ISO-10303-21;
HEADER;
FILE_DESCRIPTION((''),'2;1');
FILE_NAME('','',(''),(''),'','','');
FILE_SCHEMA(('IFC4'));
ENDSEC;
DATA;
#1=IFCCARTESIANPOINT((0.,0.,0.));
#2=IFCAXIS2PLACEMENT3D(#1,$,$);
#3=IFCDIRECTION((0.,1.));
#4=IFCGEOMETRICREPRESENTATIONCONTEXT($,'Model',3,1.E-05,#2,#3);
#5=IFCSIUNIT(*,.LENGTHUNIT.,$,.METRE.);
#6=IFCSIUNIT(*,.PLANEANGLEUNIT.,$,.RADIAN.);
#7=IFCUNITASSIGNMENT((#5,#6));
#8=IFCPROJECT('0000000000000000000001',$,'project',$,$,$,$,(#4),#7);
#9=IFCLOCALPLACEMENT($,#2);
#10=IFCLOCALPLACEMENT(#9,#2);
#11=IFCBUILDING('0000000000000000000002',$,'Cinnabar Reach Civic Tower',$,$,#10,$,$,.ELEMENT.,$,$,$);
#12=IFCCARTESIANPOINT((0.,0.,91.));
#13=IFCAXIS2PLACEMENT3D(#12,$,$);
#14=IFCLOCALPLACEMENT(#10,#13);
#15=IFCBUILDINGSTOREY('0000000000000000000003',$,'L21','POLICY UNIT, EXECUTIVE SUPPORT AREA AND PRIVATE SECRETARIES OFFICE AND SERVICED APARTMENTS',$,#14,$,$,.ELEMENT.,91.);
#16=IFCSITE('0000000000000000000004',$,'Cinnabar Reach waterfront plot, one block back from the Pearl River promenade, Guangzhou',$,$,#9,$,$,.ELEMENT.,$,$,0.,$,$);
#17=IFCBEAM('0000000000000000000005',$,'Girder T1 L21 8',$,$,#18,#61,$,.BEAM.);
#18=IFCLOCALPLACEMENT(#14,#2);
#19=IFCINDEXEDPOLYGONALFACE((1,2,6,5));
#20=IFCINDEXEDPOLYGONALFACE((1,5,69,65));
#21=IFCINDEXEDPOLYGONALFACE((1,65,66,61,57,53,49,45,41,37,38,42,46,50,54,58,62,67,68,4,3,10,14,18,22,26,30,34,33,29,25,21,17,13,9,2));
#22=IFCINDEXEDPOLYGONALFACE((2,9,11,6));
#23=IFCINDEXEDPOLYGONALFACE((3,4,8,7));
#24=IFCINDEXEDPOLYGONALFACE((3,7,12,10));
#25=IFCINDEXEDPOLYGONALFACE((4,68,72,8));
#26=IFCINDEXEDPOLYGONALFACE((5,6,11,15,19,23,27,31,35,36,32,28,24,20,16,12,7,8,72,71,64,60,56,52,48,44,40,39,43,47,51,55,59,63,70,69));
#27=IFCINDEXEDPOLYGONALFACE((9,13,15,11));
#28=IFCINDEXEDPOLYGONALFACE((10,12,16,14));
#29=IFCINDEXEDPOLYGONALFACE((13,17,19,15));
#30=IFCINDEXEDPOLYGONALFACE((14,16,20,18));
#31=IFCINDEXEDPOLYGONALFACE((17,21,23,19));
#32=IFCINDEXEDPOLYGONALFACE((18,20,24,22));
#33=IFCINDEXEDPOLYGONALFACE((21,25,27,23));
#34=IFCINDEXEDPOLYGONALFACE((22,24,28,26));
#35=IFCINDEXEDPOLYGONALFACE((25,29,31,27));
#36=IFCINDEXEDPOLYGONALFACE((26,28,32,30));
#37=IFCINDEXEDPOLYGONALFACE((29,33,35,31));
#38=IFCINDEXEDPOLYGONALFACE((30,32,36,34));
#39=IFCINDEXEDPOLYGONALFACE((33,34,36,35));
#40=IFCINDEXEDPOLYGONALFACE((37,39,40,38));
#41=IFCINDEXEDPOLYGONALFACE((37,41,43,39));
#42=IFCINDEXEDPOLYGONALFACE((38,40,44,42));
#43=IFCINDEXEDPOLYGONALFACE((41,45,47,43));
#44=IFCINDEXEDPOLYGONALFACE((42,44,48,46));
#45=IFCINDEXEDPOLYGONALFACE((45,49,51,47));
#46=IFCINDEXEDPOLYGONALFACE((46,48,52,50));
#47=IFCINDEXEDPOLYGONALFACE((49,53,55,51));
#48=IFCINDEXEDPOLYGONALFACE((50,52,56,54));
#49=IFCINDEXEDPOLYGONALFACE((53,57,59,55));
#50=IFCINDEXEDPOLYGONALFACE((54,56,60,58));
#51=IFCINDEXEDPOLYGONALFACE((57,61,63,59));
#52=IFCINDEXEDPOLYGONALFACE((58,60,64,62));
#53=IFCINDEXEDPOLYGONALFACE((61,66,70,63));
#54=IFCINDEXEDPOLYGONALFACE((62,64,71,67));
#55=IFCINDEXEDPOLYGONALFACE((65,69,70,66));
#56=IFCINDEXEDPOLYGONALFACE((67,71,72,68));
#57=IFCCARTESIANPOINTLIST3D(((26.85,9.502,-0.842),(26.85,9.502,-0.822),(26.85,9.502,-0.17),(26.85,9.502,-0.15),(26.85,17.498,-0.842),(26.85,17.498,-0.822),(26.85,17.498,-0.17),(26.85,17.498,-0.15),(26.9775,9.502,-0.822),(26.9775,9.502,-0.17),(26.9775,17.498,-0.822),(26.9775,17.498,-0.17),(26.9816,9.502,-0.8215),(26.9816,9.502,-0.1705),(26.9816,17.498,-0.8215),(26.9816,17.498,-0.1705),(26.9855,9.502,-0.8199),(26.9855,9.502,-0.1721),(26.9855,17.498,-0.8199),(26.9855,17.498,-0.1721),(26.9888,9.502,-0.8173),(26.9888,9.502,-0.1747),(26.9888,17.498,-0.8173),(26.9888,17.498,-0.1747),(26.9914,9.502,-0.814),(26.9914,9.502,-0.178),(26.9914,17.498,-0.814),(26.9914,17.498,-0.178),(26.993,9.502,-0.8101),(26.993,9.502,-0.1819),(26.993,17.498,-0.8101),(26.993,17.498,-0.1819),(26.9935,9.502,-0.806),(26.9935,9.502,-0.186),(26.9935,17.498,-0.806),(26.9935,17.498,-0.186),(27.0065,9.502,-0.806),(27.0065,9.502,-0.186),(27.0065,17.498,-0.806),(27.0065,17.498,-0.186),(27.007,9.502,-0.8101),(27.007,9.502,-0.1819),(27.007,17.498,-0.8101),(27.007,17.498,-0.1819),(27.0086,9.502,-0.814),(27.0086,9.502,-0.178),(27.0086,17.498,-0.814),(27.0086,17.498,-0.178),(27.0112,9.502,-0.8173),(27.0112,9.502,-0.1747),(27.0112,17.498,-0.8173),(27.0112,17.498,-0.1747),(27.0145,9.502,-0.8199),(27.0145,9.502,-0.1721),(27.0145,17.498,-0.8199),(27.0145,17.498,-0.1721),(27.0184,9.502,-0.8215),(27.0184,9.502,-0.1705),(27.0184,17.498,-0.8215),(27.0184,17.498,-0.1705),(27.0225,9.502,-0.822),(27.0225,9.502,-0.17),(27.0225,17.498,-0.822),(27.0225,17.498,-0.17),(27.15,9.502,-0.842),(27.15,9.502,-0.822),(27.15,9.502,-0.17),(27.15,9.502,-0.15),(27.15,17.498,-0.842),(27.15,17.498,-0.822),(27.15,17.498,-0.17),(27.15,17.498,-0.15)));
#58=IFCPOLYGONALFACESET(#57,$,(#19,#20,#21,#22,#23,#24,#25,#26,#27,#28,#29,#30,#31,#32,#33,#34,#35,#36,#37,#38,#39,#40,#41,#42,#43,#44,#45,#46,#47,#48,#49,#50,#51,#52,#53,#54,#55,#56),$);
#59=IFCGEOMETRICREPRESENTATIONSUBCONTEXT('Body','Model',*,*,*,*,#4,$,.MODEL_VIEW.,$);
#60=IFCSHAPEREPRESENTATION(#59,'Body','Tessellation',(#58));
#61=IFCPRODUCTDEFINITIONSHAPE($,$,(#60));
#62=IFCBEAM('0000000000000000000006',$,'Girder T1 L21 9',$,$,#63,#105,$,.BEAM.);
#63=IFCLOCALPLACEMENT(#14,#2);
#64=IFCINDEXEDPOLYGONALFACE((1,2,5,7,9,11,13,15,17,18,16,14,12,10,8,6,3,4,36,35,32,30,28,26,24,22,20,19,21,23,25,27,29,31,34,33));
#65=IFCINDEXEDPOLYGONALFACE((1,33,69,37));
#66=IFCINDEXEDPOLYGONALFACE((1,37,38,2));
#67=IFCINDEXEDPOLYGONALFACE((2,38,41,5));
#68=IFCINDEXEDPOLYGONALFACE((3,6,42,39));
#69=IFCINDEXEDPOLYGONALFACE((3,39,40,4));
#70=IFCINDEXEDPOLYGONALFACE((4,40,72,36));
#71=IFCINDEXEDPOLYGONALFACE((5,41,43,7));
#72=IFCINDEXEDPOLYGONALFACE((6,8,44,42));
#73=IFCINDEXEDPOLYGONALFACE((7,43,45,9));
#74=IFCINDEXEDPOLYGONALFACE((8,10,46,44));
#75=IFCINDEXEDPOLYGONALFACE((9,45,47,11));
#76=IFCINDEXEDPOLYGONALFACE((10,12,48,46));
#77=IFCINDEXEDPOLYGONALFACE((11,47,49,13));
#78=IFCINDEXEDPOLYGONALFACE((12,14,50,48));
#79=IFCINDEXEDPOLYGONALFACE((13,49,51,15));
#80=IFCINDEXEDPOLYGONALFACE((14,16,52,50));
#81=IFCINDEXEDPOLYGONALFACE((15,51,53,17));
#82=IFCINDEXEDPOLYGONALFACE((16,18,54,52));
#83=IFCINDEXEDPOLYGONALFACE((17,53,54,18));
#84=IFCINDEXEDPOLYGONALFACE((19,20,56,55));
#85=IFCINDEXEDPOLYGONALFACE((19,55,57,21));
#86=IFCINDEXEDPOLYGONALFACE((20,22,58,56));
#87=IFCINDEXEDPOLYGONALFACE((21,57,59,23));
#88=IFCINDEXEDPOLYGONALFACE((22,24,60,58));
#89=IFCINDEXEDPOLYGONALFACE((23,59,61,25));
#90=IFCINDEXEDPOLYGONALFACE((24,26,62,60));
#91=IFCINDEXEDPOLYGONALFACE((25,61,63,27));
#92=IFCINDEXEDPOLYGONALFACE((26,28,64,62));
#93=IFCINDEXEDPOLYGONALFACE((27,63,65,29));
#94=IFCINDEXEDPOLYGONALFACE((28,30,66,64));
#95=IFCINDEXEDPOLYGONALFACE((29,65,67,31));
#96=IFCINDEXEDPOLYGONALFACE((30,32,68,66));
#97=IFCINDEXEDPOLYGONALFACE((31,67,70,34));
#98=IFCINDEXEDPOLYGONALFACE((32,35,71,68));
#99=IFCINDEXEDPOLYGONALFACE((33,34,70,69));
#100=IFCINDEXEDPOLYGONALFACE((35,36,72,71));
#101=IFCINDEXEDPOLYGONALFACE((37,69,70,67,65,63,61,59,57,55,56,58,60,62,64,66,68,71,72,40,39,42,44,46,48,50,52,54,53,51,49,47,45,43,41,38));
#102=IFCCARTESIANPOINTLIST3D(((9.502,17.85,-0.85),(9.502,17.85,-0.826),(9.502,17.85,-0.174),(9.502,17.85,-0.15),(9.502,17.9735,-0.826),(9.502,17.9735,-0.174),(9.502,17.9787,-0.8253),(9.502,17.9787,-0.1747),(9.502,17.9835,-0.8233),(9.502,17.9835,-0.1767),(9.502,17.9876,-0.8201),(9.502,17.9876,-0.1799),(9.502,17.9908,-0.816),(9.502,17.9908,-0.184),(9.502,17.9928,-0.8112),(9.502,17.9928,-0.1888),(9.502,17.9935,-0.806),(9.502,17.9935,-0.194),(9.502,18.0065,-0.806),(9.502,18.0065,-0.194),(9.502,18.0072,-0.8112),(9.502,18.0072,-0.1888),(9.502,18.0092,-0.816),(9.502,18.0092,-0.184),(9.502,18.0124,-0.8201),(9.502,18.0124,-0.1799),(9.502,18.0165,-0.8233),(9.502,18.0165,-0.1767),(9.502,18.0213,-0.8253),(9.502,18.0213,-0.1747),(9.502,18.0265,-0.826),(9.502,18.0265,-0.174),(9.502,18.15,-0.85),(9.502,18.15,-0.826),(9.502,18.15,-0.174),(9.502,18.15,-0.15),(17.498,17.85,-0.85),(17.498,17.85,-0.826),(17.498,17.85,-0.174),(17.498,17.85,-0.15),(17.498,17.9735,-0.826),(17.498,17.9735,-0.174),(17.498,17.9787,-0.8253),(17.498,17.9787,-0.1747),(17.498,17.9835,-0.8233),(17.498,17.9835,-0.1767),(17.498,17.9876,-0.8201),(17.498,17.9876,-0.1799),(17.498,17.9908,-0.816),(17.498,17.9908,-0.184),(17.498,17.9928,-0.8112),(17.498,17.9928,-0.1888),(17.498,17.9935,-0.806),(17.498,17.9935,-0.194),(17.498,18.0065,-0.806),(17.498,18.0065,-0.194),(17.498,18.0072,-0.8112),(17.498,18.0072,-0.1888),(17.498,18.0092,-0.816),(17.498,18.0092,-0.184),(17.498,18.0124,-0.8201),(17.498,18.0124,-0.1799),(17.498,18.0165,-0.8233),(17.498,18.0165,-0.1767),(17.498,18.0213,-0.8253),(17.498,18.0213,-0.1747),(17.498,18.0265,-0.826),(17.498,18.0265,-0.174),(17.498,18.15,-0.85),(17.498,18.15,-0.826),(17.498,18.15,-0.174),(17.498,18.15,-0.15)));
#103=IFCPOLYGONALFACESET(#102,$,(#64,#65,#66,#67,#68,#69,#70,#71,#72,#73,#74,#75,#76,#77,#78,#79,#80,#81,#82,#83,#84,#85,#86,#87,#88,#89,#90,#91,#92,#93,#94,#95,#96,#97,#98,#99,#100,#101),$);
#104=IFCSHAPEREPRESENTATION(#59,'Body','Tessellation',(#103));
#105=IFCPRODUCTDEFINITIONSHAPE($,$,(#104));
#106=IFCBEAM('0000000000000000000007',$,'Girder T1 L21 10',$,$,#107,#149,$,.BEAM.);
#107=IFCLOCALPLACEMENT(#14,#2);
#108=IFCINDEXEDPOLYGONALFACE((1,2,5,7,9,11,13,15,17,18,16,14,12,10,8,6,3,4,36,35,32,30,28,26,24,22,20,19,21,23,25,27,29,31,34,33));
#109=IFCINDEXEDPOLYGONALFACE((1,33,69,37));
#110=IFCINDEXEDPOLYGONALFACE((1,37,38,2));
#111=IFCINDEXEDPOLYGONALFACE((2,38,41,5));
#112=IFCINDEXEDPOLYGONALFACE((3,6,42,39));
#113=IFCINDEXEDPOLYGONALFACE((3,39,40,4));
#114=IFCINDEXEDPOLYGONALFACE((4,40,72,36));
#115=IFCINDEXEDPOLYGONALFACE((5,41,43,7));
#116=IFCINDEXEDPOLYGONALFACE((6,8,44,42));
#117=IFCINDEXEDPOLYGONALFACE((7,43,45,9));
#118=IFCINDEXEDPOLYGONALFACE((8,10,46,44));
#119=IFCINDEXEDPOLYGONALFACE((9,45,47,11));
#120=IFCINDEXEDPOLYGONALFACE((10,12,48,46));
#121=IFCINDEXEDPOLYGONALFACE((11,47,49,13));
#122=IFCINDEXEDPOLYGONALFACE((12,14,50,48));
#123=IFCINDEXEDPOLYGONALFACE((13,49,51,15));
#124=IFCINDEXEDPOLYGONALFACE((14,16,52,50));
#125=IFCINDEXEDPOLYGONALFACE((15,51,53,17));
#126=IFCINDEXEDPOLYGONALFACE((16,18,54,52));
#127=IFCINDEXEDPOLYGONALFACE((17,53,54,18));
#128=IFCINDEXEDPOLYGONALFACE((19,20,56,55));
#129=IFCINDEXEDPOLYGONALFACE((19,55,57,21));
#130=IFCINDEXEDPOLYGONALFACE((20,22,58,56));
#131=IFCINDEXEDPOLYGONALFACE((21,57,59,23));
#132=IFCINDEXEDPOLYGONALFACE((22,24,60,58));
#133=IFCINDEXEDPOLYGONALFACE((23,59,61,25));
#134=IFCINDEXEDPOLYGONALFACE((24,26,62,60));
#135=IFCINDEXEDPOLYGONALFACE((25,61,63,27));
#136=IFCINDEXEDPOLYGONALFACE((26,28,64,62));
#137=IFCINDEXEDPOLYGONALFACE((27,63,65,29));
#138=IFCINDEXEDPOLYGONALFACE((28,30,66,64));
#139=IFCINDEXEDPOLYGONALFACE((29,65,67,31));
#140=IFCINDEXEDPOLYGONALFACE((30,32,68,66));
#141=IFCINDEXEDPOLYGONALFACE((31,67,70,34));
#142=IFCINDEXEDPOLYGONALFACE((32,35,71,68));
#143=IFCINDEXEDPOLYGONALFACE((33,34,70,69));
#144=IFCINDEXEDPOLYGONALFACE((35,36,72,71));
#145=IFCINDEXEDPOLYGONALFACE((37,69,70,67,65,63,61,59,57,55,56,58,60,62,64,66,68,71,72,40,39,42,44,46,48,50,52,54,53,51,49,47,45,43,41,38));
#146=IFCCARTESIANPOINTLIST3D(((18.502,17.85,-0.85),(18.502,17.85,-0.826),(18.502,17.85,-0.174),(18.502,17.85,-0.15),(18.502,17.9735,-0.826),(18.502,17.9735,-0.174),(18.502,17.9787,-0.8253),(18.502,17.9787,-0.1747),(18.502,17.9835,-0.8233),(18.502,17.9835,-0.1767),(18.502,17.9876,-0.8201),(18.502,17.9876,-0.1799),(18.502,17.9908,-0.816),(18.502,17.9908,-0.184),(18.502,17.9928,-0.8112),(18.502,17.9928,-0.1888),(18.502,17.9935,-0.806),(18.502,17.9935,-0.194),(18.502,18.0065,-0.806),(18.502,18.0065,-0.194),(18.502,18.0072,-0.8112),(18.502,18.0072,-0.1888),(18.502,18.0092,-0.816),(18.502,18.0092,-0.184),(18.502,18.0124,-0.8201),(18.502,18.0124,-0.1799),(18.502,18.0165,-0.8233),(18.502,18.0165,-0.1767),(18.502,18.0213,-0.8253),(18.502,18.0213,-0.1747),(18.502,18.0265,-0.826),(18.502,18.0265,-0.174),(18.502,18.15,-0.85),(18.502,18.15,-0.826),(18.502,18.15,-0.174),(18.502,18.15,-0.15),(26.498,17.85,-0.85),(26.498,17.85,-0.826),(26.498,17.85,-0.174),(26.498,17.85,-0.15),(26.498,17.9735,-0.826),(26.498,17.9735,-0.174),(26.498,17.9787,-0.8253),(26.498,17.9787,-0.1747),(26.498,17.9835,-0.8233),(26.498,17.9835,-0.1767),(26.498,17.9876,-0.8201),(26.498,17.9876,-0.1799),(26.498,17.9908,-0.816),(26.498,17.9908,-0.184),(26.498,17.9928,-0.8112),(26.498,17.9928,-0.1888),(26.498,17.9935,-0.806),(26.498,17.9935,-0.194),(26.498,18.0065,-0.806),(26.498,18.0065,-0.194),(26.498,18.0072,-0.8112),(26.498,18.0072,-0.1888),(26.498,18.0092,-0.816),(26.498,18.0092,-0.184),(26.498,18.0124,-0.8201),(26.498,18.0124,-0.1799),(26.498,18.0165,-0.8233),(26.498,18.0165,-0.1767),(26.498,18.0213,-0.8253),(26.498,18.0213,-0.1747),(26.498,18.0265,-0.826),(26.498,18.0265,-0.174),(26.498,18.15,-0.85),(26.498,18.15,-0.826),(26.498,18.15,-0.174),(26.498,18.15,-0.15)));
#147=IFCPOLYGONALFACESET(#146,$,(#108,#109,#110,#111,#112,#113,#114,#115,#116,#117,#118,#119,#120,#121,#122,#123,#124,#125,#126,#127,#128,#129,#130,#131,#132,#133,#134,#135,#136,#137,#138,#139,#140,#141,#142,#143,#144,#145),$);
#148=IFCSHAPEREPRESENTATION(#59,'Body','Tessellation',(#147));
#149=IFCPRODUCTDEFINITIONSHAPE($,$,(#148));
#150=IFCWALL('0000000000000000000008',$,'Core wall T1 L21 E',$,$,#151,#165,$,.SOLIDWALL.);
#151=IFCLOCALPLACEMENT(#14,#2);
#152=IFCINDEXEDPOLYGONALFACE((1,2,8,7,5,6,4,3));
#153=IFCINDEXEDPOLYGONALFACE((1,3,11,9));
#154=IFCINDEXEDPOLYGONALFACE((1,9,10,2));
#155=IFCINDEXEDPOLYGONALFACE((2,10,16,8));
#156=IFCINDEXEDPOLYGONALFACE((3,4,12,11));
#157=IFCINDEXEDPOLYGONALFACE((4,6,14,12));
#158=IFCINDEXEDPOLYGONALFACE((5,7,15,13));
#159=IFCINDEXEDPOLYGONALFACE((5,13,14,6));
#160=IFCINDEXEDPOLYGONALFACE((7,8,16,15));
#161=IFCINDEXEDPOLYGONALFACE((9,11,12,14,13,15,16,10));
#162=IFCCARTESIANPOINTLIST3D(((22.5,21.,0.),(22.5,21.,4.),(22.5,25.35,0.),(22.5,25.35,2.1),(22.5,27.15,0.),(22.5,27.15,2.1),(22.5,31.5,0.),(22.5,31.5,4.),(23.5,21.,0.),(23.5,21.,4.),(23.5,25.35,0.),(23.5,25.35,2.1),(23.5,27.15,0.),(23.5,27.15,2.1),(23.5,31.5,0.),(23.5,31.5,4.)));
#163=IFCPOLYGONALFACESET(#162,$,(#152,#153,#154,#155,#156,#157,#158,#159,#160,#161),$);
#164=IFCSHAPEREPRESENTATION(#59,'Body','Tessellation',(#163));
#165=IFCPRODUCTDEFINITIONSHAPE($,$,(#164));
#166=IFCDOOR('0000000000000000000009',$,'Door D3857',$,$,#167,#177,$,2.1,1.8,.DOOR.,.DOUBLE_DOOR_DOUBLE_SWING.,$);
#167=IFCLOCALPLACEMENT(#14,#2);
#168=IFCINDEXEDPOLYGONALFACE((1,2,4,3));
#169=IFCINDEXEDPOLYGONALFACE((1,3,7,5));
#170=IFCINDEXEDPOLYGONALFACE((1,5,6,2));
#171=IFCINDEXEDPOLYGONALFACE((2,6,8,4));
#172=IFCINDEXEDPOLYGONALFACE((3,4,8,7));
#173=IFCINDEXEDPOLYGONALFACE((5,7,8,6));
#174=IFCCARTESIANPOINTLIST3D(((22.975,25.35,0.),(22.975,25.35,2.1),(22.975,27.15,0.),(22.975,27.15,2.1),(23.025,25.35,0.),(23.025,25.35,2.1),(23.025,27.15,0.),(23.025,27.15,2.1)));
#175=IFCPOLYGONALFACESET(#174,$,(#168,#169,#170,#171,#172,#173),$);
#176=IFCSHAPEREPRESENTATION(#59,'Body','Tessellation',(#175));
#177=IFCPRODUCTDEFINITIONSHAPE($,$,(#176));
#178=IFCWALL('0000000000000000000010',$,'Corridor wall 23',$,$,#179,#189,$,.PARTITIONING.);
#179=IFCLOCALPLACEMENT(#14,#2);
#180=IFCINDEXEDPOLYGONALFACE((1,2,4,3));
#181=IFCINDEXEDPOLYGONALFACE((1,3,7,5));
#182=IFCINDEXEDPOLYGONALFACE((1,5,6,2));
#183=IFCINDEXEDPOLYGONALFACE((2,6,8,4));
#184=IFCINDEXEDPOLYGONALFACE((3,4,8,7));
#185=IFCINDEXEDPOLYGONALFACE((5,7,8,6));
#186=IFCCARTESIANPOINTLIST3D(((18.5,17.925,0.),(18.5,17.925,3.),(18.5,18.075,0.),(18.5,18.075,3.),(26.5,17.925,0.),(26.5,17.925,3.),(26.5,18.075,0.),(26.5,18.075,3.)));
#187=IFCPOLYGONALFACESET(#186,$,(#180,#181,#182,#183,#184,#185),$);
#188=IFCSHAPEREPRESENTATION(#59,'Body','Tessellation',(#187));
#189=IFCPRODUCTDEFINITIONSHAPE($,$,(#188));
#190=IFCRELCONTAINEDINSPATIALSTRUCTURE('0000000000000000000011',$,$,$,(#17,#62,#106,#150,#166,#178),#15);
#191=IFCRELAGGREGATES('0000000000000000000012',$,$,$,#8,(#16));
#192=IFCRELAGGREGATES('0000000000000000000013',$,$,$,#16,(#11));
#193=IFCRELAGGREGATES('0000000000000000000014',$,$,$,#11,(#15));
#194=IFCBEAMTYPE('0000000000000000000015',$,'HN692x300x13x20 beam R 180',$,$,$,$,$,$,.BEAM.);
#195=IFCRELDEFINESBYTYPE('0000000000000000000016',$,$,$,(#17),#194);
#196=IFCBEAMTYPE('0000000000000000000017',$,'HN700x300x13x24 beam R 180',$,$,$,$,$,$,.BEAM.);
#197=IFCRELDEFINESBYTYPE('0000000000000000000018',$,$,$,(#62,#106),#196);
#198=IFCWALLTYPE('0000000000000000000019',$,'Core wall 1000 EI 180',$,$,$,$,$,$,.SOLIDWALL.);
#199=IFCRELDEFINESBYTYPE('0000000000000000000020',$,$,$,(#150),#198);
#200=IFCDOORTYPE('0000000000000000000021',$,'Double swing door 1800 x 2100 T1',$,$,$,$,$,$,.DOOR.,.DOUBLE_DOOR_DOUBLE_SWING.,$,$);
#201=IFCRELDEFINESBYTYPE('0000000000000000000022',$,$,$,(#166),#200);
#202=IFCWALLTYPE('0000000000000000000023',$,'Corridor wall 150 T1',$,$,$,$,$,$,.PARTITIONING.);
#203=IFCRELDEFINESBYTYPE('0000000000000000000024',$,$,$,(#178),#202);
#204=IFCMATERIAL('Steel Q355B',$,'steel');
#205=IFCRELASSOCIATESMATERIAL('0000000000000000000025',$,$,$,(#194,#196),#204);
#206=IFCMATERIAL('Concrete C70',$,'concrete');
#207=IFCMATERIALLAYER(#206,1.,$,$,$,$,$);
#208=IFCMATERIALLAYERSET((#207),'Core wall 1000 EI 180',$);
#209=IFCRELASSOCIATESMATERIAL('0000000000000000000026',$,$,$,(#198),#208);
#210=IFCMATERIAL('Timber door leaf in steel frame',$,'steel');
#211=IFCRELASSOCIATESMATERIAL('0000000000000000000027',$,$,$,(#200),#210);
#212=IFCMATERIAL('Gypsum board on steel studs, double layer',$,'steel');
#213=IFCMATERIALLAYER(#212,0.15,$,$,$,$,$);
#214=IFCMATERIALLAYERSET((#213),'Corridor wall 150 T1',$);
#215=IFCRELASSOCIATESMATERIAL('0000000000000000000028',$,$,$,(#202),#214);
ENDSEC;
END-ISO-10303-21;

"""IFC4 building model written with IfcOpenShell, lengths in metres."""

from ifc_helpers import new_model, si_unit, direction, frame, frame_2d, origin, origin_2d, place, context, subcontext, project, spatial, rectangle, i_section, extrude, material, layer, layer_set, material_profile, profile_set, type_object, element, fill, save


model = new_model("IFC4")

# Units and contexts
model_context = context("Model", 3, precision=1e-05, world=origin(), true_north=direction((0.0, 1.0)))
body_context = subcontext(model_context, "Body", "Model", "MODEL_VIEW")
ifc_project = project(units=[si_unit("LENGTHUNIT", "METRE"), si_unit("PLANEANGLEUNIT", "RADIAN")], contexts=[model_context])

# Site, building, storey
site_placement = place(None, origin())
site = spatial("IfcSite", under=ifc_project, at=site_placement, Name="Cinnabar Reach waterfront plot, one block back from the Pearl River promenade, Guangzhou", CompositionType="ELEMENT", RefElevation=0.0)
building_placement = place(site_placement, origin())
building = spatial("IfcBuilding", under=site, at=building_placement, Name="Cinnabar Reach Civic Tower", CompositionType="ELEMENT")
storey_placement = place(building_placement, frame((0.0, 0.0, 91.0)))
storey = spatial("IfcBuildingStorey", under=building, at=storey_placement, Name="L21", Description="POLICY UNIT, EXECUTIVE SUPPORT AREA AND PRIVATE SECRETARIES OFFICE AND SERVICED APARTMENTS", CompositionType="ELEMENT", Elevation=91.0)

# Shared definitions
ifc_material_1 = material(Name="Concrete C70", Category="concrete")

# Beams
ifc_material_2 = material(Name="Steel Q355B", Category="steel")
ifc_material_profile_1 = material_profile(ifc_material_2, i_section(OverallWidth=0.3, OverallDepth=0.692, WebThickness=0.013, FlangeThickness=0.02, FilletRadius=0.016, at=origin_2d()), Name="HN692x300x13x20")
ifc_profile_set_1 = profile_set([ifc_material_profile_1], Name="Steel Q355B")
beam_type_1 = type_object("IfcBeamType", Name="HN692x300x13x20 beam R 180", PredefinedType="BEAM", material=ifc_profile_set_1)
beam_1_placement = place(storey_placement, frame((27.0, 9.502, -0.496), z_axis=(0.0, 1.0, 0.0), x_axis=(-1.0, 0.0, 0.0)))
element("IfcBeam", 1, at=beam_1_placement, inside=storey, type_object=beam_type_1, Name="Girder T1 L21 8", PredefinedType="BEAM", context=body_context, shape_type="SweptSolid", body=[
    extrude(i_section(OverallWidth=0.3, OverallDepth=0.692, WebThickness=0.013, FlangeThickness=0.02, FilletRadius=0.016, at=origin_2d()), origin(), (0.0, 0.0, 1.0), 7.996),
])
ifc_material_profile_2 = material_profile(ifc_material_2, i_section(OverallWidth=0.3, OverallDepth=0.7, WebThickness=0.013, FlangeThickness=0.024, FilletRadius=0.02, at=origin_2d()), Name="HN700x300x13x24")
ifc_profile_set_2 = profile_set([ifc_material_profile_2], Name="Steel Q355B")
beam_type_2 = type_object("IfcBeamType", Name="HN700x300x13x24 beam R 180", PredefinedType="BEAM", material=ifc_profile_set_2)
for number, where, z_axis, x_axis, name in (
    (2, (9.502, 18.0, -0.5), (1.0, 0.0, 0.0), (0.0, 1.0, 0.0), "Girder T1 L21 9"),
    (3, (18.502, 18.0, -0.5), (1.0, 0.0, 0.0), (0.0, 1.0, 0.0), "Girder T1 L21 10"),
):
    element("IfcBeam", number, at=place(storey_placement, frame(where, z_axis=z_axis, x_axis=x_axis)), inside=storey, type_object=beam_type_2, Name=name, PredefinedType="BEAM", context=body_context, shape_type="SweptSolid", body=[
        extrude(i_section(OverallWidth=0.3, OverallDepth=0.7, WebThickness=0.013, FlangeThickness=0.024, FilletRadius=0.02, at=origin_2d()), origin(), (0.0, 0.0, 1.0), 7.996),
    ])

# Wall, opening, door
ifc_layer_1 = layer(ifc_material_1, 1.0)
ifc_layer_set_1 = layer_set([ifc_layer_1], Name="Core wall 1000 EI 180")
wall_type_1 = type_object("IfcWallType", Name="Core wall 1000 EI 180", PredefinedType="SOLIDWALL", material=ifc_layer_set_1)
wall_1_placement = place(storey_placement, frame((23.0, 21.0, 0.0), z_axis=(0.0, 0.0, 1.0), x_axis=(0.0, 1.0, 0.0)))
wall_1 = element("IfcWall", 4, at=wall_1_placement, inside=storey, type_object=wall_type_1, Name="Core wall T1 L21 E", PredefinedType="SOLIDWALL", context=body_context, shape_type="SweptSolid", body=[
    extrude(rectangle(XDim=10.5, YDim=1.0, at=frame_2d((5.25, 0.0))), origin(), (0.0, 0.0, 1.0), 4.0),
])
opening_1_placement = place(wall_1_placement, frame((4.35, 0.0, 0.0)))
opening_1 = element("IfcOpeningElement", 5, at=opening_1_placement, cuts=wall_1, PredefinedType="OPENING", context=body_context, shape_type="SweptSolid", body=[
    extrude(rectangle(XDim=1.8, YDim=2.1, at=frame_2d((0.9, 1.05))), frame((0.0, 0.51, 0.0), z_axis=(0.0, -1.0, 0.0), x_axis=(1.0, 0.0, 0.0)), (0.0, 0.0, 1.0), 1.02),
])
ifc_material_3 = material(Name="Timber door leaf in steel frame", Category="steel")
door_type_1 = type_object("IfcDoorType", Name="Double swing door 1800 x 2100 T1", OperationType="DOUBLE_DOOR_DOUBLE_SWING", PredefinedType="DOOR", material=ifc_material_3)
door_1_placement = place(opening_1_placement, origin())
door_1 = element("IfcDoor", 6, at=door_1_placement, inside=storey, type_object=door_type_1, Name="Door D3857", OperationType="DOUBLE_DOOR_DOUBLE_SWING", OverallHeight=2.1, OverallWidth=1.8, PredefinedType="DOOR", context=body_context, shape_type="SweptSolid", body=[
    extrude(rectangle(XDim=1.8, YDim=2.1, at=frame_2d((0.9, 1.05))), frame((0.0, 0.025, 0.0), z_axis=(0.0, -1.0, 0.0), x_axis=(1.0, 0.0, 0.0)), (0.0, 0.0, 1.0), 0.05),
])
fill(opening_1, door_1)

# Wall
ifc_material_4 = material(Name="Gypsum board on steel studs, double layer", Category="steel")
ifc_layer_2 = layer(ifc_material_4, 0.15)
ifc_layer_set_2 = layer_set([ifc_layer_2], Name="Corridor wall 150 T1")
wall_type_2 = type_object("IfcWallType", Name="Corridor wall 150 T1", PredefinedType="PARTITIONING", material=ifc_layer_set_2)
wall_2_placement = place(storey_placement, frame((18.5, 18.0, 0.0), z_axis=(0.0, 0.0, 1.0), x_axis=(1.0, 0.0, 0.0)))
element("IfcWall", 7, at=wall_2_placement, inside=storey, type_object=wall_type_2, Name="Corridor wall 23", PredefinedType="PARTITIONING", context=body_context, shape_type="SweptSolid", body=[
    extrude(rectangle(XDim=8.0, YDim=0.15, at=frame_2d((4.0, 0.0))), origin(), (0.0, 0.0, 1.0), 3.0),
])

save(model, "model.ifc")
